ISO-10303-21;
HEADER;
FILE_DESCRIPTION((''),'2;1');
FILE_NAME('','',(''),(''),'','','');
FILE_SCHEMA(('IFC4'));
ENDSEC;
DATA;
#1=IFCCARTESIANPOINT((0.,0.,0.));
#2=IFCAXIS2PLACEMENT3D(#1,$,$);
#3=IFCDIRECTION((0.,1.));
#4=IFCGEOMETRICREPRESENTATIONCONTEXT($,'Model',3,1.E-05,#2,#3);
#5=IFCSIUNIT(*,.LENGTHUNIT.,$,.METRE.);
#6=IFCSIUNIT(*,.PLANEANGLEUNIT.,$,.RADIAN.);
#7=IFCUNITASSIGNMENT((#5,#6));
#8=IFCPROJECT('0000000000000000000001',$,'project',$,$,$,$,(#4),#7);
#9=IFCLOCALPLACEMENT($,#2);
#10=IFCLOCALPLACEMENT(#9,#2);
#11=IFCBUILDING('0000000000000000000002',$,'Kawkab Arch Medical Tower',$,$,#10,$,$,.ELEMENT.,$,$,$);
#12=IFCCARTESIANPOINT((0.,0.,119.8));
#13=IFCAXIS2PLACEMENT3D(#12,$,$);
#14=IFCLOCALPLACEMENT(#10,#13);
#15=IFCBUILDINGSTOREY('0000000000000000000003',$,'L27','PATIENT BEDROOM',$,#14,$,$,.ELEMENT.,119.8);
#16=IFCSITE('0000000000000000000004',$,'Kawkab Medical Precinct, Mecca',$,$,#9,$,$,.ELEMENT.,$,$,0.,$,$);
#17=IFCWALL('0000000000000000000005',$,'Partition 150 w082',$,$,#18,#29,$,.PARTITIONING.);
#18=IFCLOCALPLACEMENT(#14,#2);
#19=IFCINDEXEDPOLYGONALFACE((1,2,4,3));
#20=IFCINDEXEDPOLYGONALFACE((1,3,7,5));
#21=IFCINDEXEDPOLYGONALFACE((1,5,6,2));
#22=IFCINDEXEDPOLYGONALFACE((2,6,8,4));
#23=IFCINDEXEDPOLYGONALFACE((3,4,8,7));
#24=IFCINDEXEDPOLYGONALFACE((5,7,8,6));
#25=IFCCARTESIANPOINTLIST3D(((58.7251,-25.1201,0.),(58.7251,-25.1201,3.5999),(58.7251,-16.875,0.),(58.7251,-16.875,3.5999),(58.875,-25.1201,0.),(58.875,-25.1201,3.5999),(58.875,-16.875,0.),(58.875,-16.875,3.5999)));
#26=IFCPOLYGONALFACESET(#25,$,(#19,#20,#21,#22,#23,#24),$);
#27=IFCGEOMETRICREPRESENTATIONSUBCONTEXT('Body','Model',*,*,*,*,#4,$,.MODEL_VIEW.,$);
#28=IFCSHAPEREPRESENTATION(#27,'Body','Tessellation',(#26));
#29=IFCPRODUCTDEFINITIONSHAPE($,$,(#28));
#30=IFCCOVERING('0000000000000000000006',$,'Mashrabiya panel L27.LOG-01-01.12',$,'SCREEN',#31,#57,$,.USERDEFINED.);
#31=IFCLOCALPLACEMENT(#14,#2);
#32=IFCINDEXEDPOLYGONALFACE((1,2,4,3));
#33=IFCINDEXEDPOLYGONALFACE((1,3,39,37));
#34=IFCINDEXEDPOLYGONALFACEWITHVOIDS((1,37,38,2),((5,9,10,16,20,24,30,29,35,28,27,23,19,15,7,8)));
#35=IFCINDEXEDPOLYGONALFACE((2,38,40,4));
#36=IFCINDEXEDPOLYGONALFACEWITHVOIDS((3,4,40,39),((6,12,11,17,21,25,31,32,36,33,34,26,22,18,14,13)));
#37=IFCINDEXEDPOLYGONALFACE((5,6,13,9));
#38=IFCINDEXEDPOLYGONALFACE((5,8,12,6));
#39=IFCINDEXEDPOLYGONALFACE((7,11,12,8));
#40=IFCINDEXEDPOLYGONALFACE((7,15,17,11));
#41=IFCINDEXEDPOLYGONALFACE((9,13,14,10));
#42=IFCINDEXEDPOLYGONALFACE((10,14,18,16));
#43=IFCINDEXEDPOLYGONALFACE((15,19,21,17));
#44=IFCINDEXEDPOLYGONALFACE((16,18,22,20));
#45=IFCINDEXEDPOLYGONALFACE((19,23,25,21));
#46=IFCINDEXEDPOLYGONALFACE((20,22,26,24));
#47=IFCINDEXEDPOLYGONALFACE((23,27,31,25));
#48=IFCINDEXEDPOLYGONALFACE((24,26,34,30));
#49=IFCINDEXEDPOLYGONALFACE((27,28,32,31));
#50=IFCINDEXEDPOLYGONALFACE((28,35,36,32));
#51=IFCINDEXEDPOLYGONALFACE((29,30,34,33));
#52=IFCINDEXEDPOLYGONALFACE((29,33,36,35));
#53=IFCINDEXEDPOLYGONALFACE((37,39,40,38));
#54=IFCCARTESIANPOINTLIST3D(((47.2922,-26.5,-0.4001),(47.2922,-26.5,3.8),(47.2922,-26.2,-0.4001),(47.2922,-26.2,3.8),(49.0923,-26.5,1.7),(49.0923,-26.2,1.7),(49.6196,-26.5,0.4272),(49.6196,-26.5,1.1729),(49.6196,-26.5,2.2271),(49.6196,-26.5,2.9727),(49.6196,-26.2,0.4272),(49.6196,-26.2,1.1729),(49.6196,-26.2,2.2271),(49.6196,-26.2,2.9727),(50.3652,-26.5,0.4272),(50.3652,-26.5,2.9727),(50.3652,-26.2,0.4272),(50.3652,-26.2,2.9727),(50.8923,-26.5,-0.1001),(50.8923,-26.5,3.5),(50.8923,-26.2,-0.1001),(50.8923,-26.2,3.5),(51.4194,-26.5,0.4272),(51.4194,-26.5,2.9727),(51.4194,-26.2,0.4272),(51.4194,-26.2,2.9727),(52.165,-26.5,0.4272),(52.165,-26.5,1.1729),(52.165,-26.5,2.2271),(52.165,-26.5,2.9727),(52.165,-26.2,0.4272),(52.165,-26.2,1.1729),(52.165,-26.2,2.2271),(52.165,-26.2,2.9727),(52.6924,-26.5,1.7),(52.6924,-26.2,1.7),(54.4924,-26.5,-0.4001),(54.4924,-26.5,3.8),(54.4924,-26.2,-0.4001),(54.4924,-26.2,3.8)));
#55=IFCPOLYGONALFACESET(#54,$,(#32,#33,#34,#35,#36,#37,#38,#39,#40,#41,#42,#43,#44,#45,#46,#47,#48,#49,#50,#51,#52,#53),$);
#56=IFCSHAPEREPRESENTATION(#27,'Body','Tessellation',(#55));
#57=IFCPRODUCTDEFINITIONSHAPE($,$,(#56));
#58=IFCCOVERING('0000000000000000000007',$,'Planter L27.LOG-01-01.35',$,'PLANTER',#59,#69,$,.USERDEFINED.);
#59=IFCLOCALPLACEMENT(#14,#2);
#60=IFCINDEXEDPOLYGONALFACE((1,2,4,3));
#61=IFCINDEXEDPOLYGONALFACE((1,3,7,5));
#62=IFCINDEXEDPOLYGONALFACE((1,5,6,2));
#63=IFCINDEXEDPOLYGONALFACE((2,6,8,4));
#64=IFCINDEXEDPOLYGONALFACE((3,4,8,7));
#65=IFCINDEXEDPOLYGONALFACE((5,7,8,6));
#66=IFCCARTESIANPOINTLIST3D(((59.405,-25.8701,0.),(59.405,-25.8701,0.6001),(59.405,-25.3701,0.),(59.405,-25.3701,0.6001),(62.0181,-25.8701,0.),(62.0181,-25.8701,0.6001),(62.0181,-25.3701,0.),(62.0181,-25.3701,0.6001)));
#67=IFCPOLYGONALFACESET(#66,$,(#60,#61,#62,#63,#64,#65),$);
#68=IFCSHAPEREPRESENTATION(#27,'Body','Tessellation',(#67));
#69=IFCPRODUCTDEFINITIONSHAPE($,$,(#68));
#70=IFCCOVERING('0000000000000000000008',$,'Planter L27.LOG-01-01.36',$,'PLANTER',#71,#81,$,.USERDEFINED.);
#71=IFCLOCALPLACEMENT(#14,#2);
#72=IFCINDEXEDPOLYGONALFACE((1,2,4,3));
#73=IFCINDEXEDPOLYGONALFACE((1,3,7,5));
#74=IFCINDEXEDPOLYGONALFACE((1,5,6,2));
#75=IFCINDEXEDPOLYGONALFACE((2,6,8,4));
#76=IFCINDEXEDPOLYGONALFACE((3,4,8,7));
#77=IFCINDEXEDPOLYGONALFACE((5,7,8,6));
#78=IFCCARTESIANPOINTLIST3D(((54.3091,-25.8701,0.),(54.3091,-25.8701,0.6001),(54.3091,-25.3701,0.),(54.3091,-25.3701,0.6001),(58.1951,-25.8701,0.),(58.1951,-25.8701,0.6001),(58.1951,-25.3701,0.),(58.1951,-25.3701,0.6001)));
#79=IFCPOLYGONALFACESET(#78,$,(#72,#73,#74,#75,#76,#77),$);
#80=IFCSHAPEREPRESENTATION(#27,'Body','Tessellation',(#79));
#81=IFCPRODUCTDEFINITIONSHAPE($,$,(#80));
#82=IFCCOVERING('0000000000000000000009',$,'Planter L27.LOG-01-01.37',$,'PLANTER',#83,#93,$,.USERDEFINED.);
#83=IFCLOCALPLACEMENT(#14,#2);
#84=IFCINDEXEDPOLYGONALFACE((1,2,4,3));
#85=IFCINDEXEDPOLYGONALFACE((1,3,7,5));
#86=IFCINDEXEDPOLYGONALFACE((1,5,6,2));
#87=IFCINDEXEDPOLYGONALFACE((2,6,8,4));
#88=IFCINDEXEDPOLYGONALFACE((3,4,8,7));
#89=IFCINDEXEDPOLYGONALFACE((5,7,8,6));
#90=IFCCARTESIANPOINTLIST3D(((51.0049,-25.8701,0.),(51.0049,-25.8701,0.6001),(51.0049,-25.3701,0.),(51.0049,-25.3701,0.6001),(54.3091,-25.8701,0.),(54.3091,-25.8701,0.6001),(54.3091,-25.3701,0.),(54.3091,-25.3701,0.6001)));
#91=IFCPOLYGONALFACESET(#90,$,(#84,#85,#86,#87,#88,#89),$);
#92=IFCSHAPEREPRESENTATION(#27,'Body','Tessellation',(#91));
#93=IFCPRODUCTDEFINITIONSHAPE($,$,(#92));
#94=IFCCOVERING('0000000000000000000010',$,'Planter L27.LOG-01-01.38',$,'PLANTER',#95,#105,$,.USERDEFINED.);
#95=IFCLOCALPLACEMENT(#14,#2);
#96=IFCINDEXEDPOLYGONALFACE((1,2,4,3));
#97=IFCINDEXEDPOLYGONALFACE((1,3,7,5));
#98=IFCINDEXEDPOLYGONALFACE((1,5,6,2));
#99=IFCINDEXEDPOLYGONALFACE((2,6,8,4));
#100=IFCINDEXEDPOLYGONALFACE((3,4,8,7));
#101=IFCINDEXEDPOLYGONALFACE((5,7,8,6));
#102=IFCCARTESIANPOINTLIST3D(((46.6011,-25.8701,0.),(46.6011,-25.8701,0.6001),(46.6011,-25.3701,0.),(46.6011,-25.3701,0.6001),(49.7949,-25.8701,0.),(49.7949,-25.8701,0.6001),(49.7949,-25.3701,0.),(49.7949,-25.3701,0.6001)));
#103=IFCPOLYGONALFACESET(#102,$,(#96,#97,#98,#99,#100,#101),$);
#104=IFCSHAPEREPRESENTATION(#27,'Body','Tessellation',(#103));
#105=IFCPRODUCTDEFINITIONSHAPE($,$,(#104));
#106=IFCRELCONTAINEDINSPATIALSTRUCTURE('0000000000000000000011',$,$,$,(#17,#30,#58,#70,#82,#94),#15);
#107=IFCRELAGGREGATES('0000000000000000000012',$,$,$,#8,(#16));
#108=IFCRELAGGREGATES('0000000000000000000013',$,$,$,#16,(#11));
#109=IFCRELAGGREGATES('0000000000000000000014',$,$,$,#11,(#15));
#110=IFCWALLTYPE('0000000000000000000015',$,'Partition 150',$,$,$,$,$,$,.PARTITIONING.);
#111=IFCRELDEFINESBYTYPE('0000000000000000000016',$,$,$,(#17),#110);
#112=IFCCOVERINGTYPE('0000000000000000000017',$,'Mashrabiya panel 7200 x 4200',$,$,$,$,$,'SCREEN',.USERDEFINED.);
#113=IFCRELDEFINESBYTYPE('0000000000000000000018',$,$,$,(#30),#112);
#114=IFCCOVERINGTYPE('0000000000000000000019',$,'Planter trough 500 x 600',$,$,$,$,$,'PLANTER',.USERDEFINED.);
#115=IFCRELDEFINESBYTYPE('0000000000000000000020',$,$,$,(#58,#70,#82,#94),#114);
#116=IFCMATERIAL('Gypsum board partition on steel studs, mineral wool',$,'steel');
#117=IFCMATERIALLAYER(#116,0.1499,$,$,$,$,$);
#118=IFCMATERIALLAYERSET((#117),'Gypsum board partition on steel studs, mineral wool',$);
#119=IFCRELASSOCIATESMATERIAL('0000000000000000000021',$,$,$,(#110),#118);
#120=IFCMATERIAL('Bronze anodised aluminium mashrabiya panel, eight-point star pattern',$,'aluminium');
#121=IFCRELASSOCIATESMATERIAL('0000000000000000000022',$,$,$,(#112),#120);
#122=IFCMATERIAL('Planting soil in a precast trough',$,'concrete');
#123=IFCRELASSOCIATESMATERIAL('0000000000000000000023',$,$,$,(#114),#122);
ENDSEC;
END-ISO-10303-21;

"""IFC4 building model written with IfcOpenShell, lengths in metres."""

from ifc_helpers import new_model, si_unit, direction, frame, frame_2d, origin, origin_2d, place, context, subcontext, project, spatial, polyline, rectangle, outline, extrude, material, layer, layer_set, material_profile, profile_set, type_object, element, save


model = new_model("IFC4")

# Units and contexts
model_context = context("Model", 3, precision=1e-05, world=origin(), true_north=direction((0.0, 1.0)))
body_context = subcontext(model_context, "Body", "Model", "MODEL_VIEW")
ifc_project = project(units=[si_unit("LENGTHUNIT", "METRE"), si_unit("PLANEANGLEUNIT", "RADIAN")], contexts=[model_context])

# Site, building, storey
site_placement = place(None, origin())
site = spatial("IfcSite", under=ifc_project, at=site_placement, Name="Kawkab Medical Precinct, Mecca", CompositionType="ELEMENT", RefElevation=0.0)
building_placement = place(site_placement, origin())
building = spatial("IfcBuilding", under=site, at=building_placement, Name="Kawkab Arch Medical Tower", CompositionType="ELEMENT")
storey_placement = place(building_placement, frame((0.0, 0.0, 119.8)))
storey = spatial("IfcBuildingStorey", under=building, at=storey_placement, Name="L27", Description="PATIENT BEDROOM", CompositionType="ELEMENT", Elevation=119.8)

# Wall
ifc_material_1 = material(Name="Gypsum board partition on steel studs, mineral wool", Category="steel")
ifc_layer_1 = layer(ifc_material_1, 0.1499)
ifc_layer_set_1 = layer_set([ifc_layer_1], Name="Gypsum board partition on steel studs, mineral wool")
wall_type_1 = type_object("IfcWallType", Name="Partition 150", PredefinedType="PARTITIONING", material=ifc_layer_set_1)
wall_1_placement = place(storey_placement, frame((58.8, -25.1201, 0.0), z_axis=(0.0, 0.0, 1.0), x_axis=(0.0, 1.0, 0.0)))
element("IfcWall", 1, at=wall_1_placement, inside=storey, type_object=wall_type_1, Name="Partition 150 w082", PredefinedType="PARTITIONING", context=body_context, shape_type="SweptSolid", body=[
    extrude(rectangle(XDim=8.2451, YDim=0.1499, at=frame_2d((4.1226, 0.0))), origin(), (0.0, 0.0, 1.0), 3.5999),
])

# Coverings
ifc_material_2 = material(Name="Bronze anodised aluminium mashrabiya panel, eight-point star pattern", Category="aluminium")
ifc_material_profile_1 = material_profile(ifc_material_2, outline(polyline([(-3.6001, -2.1001), (3.6001, -2.1001), (3.6001, 2.1001), (-3.6001, 2.1001), (-3.6001, -2.1001)]), holes=[polyline([(1.8, 0.0), (1.2727, 0.5271), (1.2727, 1.2727), (0.5271, 1.2727), (0.0, 1.8), (-0.5271, 1.2727), (-1.2727, 1.2727), (-1.2727, 0.5271), (-1.8, 0.0), (-1.2727, -0.5271), (-1.2727, -1.2727), (-0.5271, -1.2727), (0.0, -1.8), (0.5271, -1.2727), (1.2727, -1.2727), (1.2727, -0.5271), (1.8, 0.0)])]), Name="Mashrabiya panel 7200x4200")
ifc_profile_set_1 = profile_set([ifc_material_profile_1], Name="Bronze anodised aluminium mashrabiya panel, eight-point star pattern")
covering_type_1 = type_object("IfcCoveringType", Name="Mashrabiya panel 7200 x 4200", ElementType="SCREEN", PredefinedType="USERDEFINED", material=ifc_profile_set_1)
covering_1_placement = place(storey_placement, frame((50.8923, -26.2, 1.7), z_axis=(0.0, -1.0, 0.0), x_axis=(1.0, 0.0, 0.0)))
element("IfcCovering", 2, at=covering_1_placement, inside=storey, type_object=covering_type_1, Name="Mashrabiya panel L27.LOG-01-01.12", ObjectType="SCREEN", PredefinedType="USERDEFINED", context=body_context, shape_type="SweptSolid", body=[
    extrude(outline(polyline([(-3.6001, -2.1001), (3.6001, -2.1001), (3.6001, 2.1001), (-3.6001, 2.1001), (-3.6001, -2.1001)]), holes=[polyline([(1.8, 0.0), (1.2727, 0.5271), (1.2727, 1.2727), (0.5271, 1.2727), (0.0, 1.8), (-0.5271, 1.2727), (-1.2727, 1.2727), (-1.2727, 0.5271), (-1.8, 0.0), (-1.2727, -0.5271), (-1.2727, -1.2727), (-0.5271, -1.2727), (0.0, -1.8), (0.5271, -1.2727), (1.2727, -1.2727), (1.2727, -0.5271), (1.8, 0.0)])]), origin(), (0.0, 0.0, 1.0), 0.3),
])
ifc_material_3 = material(Name="Planting soil in a precast trough", Category="concrete")
ifc_material_profile_2 = material_profile(ifc_material_3, rectangle(XDim=0.5, YDim=0.6001, at=origin_2d()), Name="Trough 500x600")
ifc_profile_set_2 = profile_set([ifc_material_profile_2], Name="Planting soil in a precast trough")
covering_type_2 = type_object("IfcCoveringType", Name="Planter trough 500 x 600", ElementType="PLANTER", PredefinedType="USERDEFINED", material=ifc_profile_set_2)
covering_2_placement = place(storey_placement, frame((62.0181, -25.6201, 0.3), z_axis=(-1.0, 0.0, 0.0), x_axis=(0.0, -1.0, 0.0)))
element("IfcCovering", 3, at=covering_2_placement, inside=storey, type_object=covering_type_2, Name="Planter L27.LOG-01-01.35", ObjectType="PLANTER", PredefinedType="USERDEFINED", context=body_context, shape_type="SweptSolid", body=[
    extrude(rectangle(XDim=0.5, YDim=0.6001, at=origin_2d()), origin(), (0.0, 0.0, 1.0), 2.613),
])
covering_3_placement = place(storey_placement, frame((58.1951, -25.6201, 0.3), z_axis=(-1.0, 0.0, 0.0), x_axis=(0.0, -1.0, 0.0)))
element("IfcCovering", 4, at=covering_3_placement, inside=storey, type_object=covering_type_2, Name="Planter L27.LOG-01-01.36", ObjectType="PLANTER", PredefinedType="USERDEFINED", context=body_context, shape_type="SweptSolid", body=[
    extrude(rectangle(XDim=0.5, YDim=0.6001, at=origin_2d()), origin(), (0.0, 0.0, 1.0), 3.886),
])
covering_4_placement = place(storey_placement, frame((54.3091, -25.6201, 0.3), z_axis=(-1.0, 0.0, 0.0), x_axis=(0.0, -1.0, 0.0)))
element("IfcCovering", 5, at=covering_4_placement, inside=storey, type_object=covering_type_2, Name="Planter L27.LOG-01-01.37", ObjectType="PLANTER", PredefinedType="USERDEFINED", context=body_context, shape_type="SweptSolid", body=[
    extrude(rectangle(XDim=0.5, YDim=0.6001, at=origin_2d()), origin(), (0.0, 0.0, 1.0), 3.3042),
])
covering_5_placement = place(storey_placement, frame((49.7949, -25.6201, 0.3), z_axis=(-1.0, 0.0, 0.0), x_axis=(0.0, -1.0, 0.0)))
element("IfcCovering", 6, at=covering_5_placement, inside=storey, type_object=covering_type_2, Name="Planter L27.LOG-01-01.38", ObjectType="PLANTER", PredefinedType="USERDEFINED", context=body_context, shape_type="SweptSolid", body=[
    extrude(rectangle(XDim=0.5, YDim=0.6001, at=origin_2d()), origin(), (0.0, 0.0, 1.0), 3.1938),
])

save(model, "model.ifc")
